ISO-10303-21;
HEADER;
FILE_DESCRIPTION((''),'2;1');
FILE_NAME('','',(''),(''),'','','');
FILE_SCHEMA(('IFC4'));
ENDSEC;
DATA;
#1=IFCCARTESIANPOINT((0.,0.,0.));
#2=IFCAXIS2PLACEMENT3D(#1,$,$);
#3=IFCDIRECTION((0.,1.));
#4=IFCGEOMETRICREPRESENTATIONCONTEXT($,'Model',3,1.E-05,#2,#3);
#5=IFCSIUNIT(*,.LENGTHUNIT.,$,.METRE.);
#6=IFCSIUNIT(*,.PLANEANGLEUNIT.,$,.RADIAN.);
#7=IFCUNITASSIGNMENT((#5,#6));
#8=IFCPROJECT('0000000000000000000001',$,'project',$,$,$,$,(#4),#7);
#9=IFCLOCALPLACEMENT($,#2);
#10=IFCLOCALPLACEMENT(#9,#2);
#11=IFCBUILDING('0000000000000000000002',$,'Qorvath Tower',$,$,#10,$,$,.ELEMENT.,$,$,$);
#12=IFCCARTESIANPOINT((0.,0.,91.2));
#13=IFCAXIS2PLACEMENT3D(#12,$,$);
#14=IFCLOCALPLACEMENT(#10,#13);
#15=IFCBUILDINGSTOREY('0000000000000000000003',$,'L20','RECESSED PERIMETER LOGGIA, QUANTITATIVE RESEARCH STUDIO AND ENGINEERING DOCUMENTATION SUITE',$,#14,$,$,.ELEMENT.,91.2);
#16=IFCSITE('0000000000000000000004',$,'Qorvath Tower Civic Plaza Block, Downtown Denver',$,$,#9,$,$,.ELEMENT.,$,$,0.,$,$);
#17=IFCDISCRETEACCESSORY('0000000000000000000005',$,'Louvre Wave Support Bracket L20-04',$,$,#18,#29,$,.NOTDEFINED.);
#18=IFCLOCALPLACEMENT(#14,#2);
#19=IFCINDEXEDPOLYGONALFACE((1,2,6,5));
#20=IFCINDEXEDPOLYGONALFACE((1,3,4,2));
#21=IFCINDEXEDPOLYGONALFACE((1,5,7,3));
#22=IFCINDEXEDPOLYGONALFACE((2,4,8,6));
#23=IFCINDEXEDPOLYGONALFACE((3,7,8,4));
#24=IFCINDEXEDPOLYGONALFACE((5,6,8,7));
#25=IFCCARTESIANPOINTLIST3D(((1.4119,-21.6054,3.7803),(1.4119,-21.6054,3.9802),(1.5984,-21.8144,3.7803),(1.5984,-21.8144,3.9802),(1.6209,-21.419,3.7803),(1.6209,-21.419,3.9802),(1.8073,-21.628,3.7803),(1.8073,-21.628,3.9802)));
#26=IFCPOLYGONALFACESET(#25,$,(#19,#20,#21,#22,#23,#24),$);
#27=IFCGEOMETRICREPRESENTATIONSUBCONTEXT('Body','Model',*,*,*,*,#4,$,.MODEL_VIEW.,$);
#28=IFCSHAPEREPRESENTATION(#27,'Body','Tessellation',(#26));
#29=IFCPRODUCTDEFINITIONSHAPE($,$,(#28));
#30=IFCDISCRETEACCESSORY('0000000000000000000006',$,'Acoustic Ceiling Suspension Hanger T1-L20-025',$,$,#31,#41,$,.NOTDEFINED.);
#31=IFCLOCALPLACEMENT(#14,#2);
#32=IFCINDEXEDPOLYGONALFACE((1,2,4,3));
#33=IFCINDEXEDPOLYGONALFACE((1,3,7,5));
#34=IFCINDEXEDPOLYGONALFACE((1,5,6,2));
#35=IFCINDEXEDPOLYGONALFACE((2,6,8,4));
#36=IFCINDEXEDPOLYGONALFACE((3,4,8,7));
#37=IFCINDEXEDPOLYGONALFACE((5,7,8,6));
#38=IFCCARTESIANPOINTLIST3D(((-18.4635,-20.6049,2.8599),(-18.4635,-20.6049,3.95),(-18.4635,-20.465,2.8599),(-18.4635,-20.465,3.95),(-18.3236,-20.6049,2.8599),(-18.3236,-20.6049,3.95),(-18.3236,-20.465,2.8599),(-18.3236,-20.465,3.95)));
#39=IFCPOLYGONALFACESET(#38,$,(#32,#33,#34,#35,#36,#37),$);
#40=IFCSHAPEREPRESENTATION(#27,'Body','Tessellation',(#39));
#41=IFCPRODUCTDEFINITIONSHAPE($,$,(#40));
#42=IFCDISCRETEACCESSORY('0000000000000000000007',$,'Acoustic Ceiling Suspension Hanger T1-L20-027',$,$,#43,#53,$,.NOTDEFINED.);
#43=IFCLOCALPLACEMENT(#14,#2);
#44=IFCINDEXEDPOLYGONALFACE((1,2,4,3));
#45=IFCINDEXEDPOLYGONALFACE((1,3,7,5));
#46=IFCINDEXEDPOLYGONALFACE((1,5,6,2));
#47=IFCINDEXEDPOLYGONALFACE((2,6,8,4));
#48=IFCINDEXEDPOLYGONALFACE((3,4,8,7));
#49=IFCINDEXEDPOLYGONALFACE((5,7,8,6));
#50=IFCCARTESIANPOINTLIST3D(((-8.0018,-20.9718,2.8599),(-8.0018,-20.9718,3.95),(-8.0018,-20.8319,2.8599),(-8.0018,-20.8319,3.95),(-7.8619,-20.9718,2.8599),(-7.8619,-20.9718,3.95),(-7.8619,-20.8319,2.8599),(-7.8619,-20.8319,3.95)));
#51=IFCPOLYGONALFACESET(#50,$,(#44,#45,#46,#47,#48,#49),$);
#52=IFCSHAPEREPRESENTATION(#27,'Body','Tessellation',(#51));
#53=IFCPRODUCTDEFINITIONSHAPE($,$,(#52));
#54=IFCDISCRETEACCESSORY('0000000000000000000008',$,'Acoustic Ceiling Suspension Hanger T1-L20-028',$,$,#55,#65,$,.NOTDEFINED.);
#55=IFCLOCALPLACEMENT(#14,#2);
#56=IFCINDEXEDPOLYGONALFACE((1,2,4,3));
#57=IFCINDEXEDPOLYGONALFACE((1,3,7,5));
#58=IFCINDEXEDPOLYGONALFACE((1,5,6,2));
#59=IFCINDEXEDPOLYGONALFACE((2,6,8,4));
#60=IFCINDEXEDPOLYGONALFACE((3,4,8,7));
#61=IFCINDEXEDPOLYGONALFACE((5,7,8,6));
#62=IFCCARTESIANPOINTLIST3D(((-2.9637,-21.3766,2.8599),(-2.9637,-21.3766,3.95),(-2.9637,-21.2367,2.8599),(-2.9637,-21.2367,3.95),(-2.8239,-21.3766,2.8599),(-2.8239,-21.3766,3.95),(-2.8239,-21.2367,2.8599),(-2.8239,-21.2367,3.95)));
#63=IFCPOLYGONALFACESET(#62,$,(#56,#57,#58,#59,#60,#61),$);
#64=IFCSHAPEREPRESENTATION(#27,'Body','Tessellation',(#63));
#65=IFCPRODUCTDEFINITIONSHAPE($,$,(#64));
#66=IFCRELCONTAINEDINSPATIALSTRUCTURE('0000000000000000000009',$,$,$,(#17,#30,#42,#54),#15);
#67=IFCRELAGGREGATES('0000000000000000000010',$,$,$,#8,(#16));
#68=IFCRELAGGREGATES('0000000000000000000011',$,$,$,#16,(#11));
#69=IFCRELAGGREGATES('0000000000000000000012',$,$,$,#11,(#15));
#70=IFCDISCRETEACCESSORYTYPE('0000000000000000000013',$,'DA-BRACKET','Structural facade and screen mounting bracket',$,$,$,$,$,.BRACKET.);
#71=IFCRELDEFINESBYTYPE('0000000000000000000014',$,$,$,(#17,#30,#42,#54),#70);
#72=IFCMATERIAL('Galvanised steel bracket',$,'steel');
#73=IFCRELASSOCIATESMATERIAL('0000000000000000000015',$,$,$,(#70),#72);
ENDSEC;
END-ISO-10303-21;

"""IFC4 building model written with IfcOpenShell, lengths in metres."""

from ifc_helpers import new_model, si_unit, direction, frame, origin, origin_2d, place, context, subcontext, project, spatial, rectangle, extrude, material, type_object, element, save


model = new_model("IFC4")

# Units and contexts
model_context = context("Model", 3, precision=1e-05, world=origin(), true_north=direction((0.0, 1.0)))
body_context = subcontext(model_context, "Body", "Model", "MODEL_VIEW")
ifc_project = project(units=[si_unit("LENGTHUNIT", "METRE"), si_unit("PLANEANGLEUNIT", "RADIAN")], contexts=[model_context])

# Site, building, storey
site_placement = place(None, origin())
site = spatial("IfcSite", under=ifc_project, at=site_placement, Name="Qorvath Tower Civic Plaza Block, Downtown Denver", CompositionType="ELEMENT", RefElevation=0.0)
building_placement = place(site_placement, origin())
building = spatial("IfcBuilding", under=site, at=building_placement, Name="Qorvath Tower", CompositionType="ELEMENT")
storey_placement = place(building_placement, frame((0.0, 0.0, 91.2)))
storey = spatial("IfcBuildingStorey", under=building, at=storey_placement, Name="L20", Description="RECESSED PERIMETER LOGGIA, QUANTITATIVE RESEARCH STUDIO AND ENGINEERING DOCUMENTATION SUITE", CompositionType="ELEMENT", Elevation=91.2)

# Discrete accessories
ifc_material_1 = material(Name="Galvanised steel bracket", Category="steel")
discrete_accessory_type = type_object("IfcDiscreteAccessoryType", Name="DA-BRACKET", Description="Structural facade and screen mounting bracket", PredefinedType="BRACKET", material=ifc_material_1)
for number, where, z_axis, x_axis, name in (
    (1, (1.6096, -21.6167, 3.7803), (0.0, 0.0, 1.0), (0.746203, 0.665719, 0.0), "Louvre Wave Support Bracket L20-04"),
):
    element("IfcDiscreteAccessory", number, at=place(storey_placement, frame(where, z_axis=z_axis, x_axis=x_axis)), inside=storey, type_object=discrete_accessory_type, Name=name, PredefinedType="NOTDEFINED", context=body_context, shape_type="SweptSolid", body=[
        extrude(rectangle(XDim=0.28, YDim=0.28, at=origin_2d()), origin(), (0.0, 0.0, 1.0), 0.2),
    ])
for number, where, z_axis, x_axis, name in (
    (2, (-18.3936, -20.5349, 2.8599), (0.0, 0.0, 1.0), (1.0, 0.0, 0.0), "Acoustic Ceiling Suspension Hanger T1-L20-025"),
    (3, (-7.9319, -20.9019, 2.8599), (0.0, 0.0, 1.0), (1.0, 0.0, 0.0), "Acoustic Ceiling Suspension Hanger T1-L20-027"),
    (4, (-2.8938, -21.3066, 2.8599), (0.0, 0.0, 1.0), (1.0, 0.0, 0.0), "Acoustic Ceiling Suspension Hanger T1-L20-028"),
):
    element("IfcDiscreteAccessory", number, at=place(storey_placement, frame(where, z_axis=z_axis, x_axis=x_axis)), inside=storey, type_object=discrete_accessory_type, Name=name, PredefinedType="NOTDEFINED", context=body_context, shape_type="SweptSolid", body=[
        extrude(rectangle(XDim=0.1399, YDim=0.1399, at=origin_2d()), origin(), (0.0, 0.0, 1.0), 1.0901),
    ])

save(model, "model.ifc")
